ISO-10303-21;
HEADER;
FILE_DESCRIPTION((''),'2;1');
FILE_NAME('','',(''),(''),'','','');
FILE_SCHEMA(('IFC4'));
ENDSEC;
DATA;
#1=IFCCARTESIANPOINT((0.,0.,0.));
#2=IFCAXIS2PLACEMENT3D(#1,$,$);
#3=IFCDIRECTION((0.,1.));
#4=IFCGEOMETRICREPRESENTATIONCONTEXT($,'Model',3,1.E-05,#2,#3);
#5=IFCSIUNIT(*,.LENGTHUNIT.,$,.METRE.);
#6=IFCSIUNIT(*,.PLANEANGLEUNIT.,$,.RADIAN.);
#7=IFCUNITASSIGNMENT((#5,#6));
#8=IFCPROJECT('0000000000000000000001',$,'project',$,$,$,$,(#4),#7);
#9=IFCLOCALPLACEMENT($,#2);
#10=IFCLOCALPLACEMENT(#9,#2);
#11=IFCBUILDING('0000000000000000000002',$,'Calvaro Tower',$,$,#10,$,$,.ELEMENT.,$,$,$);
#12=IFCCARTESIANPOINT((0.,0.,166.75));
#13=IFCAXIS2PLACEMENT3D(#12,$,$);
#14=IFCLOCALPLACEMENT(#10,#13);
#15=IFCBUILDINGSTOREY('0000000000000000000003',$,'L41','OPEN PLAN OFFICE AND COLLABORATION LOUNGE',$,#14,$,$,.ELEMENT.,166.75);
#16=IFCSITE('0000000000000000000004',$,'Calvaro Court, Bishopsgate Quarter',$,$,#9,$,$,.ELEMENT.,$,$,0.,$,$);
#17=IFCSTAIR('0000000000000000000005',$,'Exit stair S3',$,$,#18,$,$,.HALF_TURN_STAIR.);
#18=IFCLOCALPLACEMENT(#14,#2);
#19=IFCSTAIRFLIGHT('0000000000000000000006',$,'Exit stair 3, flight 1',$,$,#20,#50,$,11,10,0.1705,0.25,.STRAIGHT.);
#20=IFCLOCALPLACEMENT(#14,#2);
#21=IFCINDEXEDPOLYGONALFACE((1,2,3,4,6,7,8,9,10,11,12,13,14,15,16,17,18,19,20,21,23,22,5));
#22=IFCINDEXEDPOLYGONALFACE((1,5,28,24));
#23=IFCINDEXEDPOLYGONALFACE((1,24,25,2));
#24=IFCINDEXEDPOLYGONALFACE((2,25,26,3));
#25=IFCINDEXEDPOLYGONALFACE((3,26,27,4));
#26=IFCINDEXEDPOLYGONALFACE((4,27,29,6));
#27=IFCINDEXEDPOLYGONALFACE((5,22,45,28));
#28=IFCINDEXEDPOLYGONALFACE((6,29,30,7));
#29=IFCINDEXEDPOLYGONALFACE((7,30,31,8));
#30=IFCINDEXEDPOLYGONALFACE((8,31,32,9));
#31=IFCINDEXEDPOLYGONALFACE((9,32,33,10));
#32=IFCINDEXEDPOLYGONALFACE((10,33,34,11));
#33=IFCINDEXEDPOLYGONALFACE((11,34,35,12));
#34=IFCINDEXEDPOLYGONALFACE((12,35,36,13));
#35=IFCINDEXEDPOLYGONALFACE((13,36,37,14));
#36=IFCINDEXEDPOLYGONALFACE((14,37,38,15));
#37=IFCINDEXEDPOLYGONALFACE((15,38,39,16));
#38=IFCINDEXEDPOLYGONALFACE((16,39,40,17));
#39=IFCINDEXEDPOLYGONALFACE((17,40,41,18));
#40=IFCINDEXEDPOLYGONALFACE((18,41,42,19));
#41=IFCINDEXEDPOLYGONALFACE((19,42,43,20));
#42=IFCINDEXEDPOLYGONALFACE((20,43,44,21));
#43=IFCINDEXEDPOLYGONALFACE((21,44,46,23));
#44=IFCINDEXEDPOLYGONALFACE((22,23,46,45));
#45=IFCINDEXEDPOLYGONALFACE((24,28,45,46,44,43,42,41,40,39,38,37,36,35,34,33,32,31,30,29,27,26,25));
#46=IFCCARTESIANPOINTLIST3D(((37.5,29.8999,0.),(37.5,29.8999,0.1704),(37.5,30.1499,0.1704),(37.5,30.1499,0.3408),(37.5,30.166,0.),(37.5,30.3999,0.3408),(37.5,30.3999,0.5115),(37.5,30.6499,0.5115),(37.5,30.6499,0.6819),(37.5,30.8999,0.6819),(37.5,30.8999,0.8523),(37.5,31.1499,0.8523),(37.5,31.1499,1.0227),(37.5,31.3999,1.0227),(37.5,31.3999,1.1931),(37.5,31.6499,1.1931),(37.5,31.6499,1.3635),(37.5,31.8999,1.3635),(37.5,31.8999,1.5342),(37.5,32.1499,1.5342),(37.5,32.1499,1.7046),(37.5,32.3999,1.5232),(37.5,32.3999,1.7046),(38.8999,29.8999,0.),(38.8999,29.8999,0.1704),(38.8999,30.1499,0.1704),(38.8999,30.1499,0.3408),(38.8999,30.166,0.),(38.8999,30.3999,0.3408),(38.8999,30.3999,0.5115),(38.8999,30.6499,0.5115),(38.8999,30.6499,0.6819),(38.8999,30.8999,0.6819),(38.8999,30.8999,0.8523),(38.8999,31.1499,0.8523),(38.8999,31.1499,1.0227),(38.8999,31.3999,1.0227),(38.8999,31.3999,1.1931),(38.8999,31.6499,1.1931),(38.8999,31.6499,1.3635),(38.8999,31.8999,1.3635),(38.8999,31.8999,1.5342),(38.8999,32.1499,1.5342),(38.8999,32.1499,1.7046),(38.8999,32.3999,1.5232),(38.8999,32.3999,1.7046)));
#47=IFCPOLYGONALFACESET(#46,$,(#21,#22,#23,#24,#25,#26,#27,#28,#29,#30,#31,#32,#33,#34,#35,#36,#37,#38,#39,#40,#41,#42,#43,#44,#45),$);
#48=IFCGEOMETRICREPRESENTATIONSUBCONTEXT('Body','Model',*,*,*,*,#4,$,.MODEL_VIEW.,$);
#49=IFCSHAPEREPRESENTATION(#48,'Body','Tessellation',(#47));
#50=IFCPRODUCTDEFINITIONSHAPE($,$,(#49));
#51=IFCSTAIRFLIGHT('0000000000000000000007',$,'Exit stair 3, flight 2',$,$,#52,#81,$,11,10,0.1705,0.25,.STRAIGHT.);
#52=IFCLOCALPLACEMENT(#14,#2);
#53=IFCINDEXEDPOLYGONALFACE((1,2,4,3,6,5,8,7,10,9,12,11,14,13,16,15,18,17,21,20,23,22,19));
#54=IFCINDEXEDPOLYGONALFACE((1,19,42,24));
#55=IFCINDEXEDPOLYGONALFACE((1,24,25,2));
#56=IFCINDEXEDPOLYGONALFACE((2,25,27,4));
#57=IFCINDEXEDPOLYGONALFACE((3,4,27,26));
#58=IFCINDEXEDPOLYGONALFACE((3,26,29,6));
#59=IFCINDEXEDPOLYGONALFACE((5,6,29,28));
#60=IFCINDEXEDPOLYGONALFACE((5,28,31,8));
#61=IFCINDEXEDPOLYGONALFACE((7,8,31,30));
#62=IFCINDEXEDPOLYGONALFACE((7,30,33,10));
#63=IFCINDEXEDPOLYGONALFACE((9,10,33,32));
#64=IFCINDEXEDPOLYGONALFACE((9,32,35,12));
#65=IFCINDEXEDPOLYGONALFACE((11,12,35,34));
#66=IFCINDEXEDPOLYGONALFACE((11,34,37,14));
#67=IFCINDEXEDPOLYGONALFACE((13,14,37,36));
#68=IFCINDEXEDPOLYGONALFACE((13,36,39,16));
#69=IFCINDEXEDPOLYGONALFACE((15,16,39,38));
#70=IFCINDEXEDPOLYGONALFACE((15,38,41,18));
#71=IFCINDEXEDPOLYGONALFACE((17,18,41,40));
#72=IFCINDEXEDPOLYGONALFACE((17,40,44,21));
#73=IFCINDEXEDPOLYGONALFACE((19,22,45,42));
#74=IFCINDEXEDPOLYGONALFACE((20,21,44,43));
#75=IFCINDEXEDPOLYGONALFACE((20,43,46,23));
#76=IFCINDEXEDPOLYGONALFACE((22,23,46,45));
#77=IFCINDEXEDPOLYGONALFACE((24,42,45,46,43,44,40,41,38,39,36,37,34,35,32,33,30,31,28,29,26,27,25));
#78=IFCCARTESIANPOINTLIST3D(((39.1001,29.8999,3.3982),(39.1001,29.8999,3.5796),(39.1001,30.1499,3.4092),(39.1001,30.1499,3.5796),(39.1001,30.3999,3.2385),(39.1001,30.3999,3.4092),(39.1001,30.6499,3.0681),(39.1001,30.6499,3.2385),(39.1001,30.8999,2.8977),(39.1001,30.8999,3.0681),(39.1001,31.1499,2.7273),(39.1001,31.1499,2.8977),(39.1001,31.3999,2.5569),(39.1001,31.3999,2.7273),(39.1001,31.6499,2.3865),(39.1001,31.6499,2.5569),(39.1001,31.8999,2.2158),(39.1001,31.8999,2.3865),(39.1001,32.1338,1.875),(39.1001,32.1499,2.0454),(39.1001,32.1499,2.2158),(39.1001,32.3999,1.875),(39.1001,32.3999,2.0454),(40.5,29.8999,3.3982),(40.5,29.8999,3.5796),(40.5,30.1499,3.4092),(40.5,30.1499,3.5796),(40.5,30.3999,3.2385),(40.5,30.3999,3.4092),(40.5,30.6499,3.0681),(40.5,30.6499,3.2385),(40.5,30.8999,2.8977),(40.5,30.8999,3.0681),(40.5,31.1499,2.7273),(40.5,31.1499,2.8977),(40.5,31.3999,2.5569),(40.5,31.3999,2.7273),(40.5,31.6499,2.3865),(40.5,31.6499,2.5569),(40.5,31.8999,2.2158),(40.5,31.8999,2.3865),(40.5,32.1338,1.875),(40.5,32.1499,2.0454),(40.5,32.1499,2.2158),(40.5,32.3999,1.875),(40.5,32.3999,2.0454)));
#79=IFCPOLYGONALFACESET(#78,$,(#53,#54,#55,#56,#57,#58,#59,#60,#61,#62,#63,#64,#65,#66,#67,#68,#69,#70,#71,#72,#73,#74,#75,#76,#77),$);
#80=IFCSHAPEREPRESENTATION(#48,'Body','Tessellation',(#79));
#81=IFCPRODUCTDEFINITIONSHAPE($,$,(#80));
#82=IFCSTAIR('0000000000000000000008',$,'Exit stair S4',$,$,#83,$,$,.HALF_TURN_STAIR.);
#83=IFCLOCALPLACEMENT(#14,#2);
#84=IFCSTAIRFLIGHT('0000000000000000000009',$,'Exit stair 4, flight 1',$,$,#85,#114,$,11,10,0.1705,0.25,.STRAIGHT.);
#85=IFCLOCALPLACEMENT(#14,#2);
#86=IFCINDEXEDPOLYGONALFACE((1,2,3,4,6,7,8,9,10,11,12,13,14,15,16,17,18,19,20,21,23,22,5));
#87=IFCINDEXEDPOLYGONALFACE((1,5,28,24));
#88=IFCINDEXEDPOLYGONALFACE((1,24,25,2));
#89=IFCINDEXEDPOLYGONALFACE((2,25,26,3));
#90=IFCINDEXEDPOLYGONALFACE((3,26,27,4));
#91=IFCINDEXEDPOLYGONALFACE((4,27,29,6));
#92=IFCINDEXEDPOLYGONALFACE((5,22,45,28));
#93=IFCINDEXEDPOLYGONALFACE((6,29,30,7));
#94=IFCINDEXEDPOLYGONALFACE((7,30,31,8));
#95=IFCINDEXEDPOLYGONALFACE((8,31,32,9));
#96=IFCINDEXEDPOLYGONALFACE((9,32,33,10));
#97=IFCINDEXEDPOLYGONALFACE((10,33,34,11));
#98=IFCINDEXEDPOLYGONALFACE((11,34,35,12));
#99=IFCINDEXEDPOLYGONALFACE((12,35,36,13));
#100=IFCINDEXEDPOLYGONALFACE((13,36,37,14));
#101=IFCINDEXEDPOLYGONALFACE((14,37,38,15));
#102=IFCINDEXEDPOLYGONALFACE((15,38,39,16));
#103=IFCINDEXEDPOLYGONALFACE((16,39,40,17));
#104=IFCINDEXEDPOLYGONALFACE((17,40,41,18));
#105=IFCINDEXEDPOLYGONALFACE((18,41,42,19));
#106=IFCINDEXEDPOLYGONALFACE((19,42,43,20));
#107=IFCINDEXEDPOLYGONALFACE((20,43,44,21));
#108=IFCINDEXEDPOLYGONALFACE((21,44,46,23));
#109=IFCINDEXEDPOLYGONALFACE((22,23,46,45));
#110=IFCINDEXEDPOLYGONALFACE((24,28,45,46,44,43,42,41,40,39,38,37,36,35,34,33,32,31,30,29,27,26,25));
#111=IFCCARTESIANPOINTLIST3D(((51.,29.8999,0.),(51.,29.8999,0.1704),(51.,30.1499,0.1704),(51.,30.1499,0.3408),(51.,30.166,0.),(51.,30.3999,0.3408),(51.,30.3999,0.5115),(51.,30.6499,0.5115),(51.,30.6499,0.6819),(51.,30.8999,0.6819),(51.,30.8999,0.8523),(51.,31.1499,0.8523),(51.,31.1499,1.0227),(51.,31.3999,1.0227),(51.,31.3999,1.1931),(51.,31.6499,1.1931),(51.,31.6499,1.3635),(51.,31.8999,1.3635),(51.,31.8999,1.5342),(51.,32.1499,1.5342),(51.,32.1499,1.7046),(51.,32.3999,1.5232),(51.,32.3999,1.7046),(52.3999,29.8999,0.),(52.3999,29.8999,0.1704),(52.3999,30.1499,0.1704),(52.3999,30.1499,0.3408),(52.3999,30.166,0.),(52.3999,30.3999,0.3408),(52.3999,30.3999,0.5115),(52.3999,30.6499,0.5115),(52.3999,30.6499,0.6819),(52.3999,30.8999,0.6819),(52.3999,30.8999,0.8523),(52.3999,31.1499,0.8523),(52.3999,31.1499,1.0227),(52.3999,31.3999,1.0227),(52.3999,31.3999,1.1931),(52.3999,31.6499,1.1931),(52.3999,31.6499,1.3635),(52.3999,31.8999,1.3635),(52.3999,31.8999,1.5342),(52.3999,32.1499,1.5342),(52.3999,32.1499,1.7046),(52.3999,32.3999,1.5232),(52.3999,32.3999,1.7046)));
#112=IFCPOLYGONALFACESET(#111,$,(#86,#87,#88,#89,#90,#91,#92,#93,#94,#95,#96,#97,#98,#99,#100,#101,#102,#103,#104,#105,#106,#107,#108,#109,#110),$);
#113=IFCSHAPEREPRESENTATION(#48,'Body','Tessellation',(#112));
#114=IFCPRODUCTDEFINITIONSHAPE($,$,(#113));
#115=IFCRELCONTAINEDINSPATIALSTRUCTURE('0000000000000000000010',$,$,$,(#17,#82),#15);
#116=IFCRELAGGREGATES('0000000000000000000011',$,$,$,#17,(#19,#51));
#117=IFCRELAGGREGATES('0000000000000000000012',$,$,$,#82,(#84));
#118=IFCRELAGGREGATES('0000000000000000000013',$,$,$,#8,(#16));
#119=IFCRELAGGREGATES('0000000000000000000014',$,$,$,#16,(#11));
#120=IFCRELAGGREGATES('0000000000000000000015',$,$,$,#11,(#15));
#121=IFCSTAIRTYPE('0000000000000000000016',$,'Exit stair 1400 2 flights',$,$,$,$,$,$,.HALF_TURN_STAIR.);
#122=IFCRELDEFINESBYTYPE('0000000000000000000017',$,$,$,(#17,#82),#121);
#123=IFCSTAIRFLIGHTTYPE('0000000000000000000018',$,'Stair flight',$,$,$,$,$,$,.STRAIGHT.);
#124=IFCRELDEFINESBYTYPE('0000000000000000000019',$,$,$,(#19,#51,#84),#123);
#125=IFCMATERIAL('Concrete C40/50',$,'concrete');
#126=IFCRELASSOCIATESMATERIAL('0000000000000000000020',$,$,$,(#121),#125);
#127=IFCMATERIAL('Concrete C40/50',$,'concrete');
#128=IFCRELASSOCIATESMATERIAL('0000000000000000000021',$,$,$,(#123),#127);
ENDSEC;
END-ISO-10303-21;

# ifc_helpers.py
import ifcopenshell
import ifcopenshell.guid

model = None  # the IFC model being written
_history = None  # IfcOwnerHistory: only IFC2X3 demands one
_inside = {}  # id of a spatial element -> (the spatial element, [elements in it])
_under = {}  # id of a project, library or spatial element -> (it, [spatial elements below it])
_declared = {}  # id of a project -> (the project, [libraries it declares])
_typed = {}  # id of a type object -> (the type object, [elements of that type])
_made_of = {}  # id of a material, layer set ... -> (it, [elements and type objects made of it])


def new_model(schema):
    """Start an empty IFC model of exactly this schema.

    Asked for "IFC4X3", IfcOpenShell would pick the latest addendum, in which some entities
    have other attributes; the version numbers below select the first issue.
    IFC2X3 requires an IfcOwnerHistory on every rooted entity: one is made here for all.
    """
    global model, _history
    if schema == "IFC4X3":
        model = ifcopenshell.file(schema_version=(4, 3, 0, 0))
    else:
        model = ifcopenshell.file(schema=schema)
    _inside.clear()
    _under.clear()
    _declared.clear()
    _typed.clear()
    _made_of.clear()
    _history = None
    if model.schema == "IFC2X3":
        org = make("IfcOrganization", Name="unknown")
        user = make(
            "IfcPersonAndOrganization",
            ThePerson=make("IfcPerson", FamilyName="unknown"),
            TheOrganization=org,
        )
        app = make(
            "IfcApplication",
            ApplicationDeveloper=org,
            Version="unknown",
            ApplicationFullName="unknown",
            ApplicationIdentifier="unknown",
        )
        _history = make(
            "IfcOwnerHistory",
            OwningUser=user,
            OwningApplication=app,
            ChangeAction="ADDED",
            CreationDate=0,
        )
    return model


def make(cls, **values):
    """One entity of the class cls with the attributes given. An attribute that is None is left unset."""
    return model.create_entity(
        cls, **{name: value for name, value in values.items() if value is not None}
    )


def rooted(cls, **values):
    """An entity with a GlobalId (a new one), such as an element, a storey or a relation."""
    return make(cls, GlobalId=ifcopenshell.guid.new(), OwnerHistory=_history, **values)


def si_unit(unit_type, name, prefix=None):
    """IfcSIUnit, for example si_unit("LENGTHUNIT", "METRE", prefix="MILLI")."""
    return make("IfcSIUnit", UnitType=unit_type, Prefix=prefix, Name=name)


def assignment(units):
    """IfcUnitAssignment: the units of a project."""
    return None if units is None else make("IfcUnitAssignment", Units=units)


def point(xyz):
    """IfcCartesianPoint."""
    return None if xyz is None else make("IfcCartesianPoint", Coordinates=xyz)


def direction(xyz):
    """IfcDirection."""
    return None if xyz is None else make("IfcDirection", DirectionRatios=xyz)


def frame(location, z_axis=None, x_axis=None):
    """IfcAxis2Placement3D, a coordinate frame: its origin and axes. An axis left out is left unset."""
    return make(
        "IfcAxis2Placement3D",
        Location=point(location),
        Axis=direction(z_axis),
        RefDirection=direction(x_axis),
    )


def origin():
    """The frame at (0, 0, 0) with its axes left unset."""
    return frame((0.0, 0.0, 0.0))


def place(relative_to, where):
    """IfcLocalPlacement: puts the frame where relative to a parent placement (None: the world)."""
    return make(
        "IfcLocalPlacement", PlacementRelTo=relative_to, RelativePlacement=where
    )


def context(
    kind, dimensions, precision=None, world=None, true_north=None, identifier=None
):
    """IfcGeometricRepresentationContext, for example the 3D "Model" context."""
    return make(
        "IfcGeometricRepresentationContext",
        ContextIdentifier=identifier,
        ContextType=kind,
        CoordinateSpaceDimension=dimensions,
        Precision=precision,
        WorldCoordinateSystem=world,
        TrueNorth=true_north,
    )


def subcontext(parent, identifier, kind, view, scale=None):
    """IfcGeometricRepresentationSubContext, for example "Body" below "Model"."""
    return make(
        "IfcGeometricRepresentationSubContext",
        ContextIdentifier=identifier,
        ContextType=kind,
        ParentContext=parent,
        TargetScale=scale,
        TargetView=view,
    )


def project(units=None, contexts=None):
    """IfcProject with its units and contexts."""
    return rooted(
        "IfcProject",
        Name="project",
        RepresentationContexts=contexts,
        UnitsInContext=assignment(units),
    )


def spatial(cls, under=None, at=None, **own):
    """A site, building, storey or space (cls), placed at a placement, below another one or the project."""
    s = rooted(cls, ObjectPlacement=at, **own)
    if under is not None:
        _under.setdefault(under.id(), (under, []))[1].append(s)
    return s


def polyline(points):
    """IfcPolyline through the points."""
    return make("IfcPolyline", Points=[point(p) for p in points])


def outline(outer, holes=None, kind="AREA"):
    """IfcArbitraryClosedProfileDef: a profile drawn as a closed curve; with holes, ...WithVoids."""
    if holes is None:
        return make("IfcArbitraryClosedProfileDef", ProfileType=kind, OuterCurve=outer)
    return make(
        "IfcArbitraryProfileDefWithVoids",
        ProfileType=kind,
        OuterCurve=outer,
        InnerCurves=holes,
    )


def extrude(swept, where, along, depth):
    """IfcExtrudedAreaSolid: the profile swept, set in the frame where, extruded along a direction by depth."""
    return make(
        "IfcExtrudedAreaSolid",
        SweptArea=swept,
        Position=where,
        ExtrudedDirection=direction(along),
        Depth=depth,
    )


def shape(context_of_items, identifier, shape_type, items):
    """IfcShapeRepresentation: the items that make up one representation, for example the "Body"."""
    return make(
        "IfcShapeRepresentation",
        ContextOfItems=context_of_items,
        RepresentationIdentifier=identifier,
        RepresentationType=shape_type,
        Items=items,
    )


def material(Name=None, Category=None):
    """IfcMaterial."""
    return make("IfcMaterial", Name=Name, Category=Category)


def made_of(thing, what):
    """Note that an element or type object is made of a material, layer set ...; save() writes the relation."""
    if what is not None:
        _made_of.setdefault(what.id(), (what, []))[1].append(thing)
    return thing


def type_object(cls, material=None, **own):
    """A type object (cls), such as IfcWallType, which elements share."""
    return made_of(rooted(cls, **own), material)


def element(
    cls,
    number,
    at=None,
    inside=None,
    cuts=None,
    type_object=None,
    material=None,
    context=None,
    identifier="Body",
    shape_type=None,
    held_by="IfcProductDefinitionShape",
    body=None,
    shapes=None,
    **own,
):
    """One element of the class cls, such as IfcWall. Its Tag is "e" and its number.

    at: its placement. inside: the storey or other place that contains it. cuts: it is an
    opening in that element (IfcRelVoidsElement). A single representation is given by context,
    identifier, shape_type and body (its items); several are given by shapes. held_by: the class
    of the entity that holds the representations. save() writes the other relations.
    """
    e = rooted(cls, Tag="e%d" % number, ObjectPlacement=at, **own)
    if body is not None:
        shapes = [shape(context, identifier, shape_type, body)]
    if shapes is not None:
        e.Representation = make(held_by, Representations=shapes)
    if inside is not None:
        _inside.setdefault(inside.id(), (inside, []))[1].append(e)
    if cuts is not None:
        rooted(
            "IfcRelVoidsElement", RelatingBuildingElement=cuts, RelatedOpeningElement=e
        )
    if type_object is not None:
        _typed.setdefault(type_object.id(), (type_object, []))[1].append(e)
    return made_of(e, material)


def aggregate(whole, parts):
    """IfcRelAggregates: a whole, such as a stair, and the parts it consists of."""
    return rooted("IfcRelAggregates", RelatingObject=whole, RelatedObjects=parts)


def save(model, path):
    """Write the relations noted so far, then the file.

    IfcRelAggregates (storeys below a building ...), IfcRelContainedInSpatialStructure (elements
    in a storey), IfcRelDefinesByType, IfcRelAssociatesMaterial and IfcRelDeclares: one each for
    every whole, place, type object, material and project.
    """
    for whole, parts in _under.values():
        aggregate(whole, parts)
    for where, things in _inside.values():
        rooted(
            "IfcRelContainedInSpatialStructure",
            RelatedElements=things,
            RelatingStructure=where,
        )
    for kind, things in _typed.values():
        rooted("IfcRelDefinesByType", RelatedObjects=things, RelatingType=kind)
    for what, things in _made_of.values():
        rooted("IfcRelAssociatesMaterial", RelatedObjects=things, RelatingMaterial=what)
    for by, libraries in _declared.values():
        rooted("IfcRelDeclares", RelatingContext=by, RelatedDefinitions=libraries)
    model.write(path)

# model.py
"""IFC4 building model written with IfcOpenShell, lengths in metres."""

from ifc_helpers import new_model, si_unit, direction, frame, origin, place, context, subcontext, project, spatial, polyline, outline, extrude, material, type_object, element, aggregate, save


model = new_model("IFC4")

# Units and contexts
model_context = context("Model", 3, precision=1e-05, world=origin(), true_north=direction((0.0, 1.0)))
body_context = subcontext(model_context, "Body", "Model", "MODEL_VIEW")
ifc_project = project(units=[si_unit("LENGTHUNIT", "METRE"), si_unit("PLANEANGLEUNIT", "RADIAN")], contexts=[model_context])

# Site, building, storey
site_placement = place(None, origin())
site = spatial("IfcSite", under=ifc_project, at=site_placement, Name="Calvaro Court, Bishopsgate Quarter", CompositionType="ELEMENT", RefElevation=0.0)
building_placement = place(site_placement, origin())
building = spatial("IfcBuilding", under=site, at=building_placement, Name="Calvaro Tower", CompositionType="ELEMENT")
storey_placement = place(building_placement, frame((0.0, 0.0, 166.75)))
storey = spatial("IfcBuildingStorey", under=building, at=storey_placement, Name="L41", Description="OPEN PLAN OFFICE AND COLLABORATION LOUNGE", CompositionType="ELEMENT", Elevation=166.75)

# Stair, stair flights
ifc_material_1 = material(Name="Concrete C40/50", Category="concrete")
stair_type = type_object("IfcStairType", Name="Exit stair 1400 2 flights", PredefinedType="HALF_TURN_STAIR", material=ifc_material_1)
stair_1_placement = place(storey_placement, origin())
stair_1 = element("IfcStair", 1, at=stair_1_placement, inside=storey, type_object=stair_type, Name="Exit stair S3", PredefinedType="HALF_TURN_STAIR")
ifc_material_2 = material(Name="Concrete C40/50", Category="concrete")
stair_flight_type = type_object("IfcStairFlightType", Name="Stair flight", PredefinedType="STRAIGHT", material=ifc_material_2)
stair_flight_1_placement = place(storey_placement, frame((38.2, 29.8999, 0.0), z_axis=(0.0, 0.0, 1.0), x_axis=(0.0, 1.0, 0.0)))
stair_flight_1 = element("IfcStairFlight", 2, at=stair_flight_1_placement, type_object=stair_flight_type, Name="Exit stair 3, flight 1", NumberOfRisers=11, NumberOfTreads=10, PredefinedType="STRAIGHT", RiserHeight=0.1705, TreadLength=0.25, context=body_context, shape_type="SweptSolid", body=[
    extrude(outline(polyline([(0.0, 0.0), (0.0, 0.1704), (0.25, 0.1704), (0.25, 0.3408), (0.5, 0.3408), (0.5, 0.5115), (0.75, 0.5115), (0.75, 0.6819), (1.0, 0.6819), (1.0, 0.8523), (1.25, 0.8523), (1.25, 1.0227), (1.5, 1.0227), (1.5, 1.1931), (1.75, 1.1931), (1.75, 1.3635), (2.0, 1.3635), (2.0, 1.5342), (2.25, 1.5342), (2.25, 1.7046), (2.5, 1.7046), (2.5, 1.875), (2.5, 1.5232), (0.2661, 0.0), (0.0, 0.0)])), frame((0.0, 0.7, 0.0), z_axis=(0.0, -1.0, 0.0), x_axis=(1.0, 0.0, 0.0)), (0.0, 0.0, 1.0), 1.3999),
])
stair_flight_2_placement = place(storey_placement, frame((39.8, 32.3999, 1.875), z_axis=(0.0, 0.0, 1.0), x_axis=(0.0, -1.0, 0.0)))
stair_flight_2 = element("IfcStairFlight", 3, at=stair_flight_2_placement, type_object=stair_flight_type, Name="Exit stair 3, flight 2", NumberOfRisers=11, NumberOfTreads=10, PredefinedType="STRAIGHT", RiserHeight=0.1705, TreadLength=0.25, context=body_context, shape_type="SweptSolid", body=[
    extrude(outline(polyline([(0.0, 0.0), (0.0, 0.1704), (0.25, 0.1704), (0.25, 0.3408), (0.5, 0.3408), (0.5, 0.5115), (0.75, 0.5115), (0.75, 0.6819), (1.0, 0.6819), (1.0, 0.8523), (1.25, 0.8523), (1.25, 1.0227), (1.5, 1.0227), (1.5, 1.1931), (1.75, 1.1931), (1.75, 1.3635), (2.0, 1.3635), (2.0, 1.5342), (2.25, 1.5342), (2.25, 1.7046), (2.5, 1.7046), (2.5, 1.875), (2.5, 1.5232), (0.2661, 0.0), (0.0, 0.0)])), frame((0.0, 0.7, 0.0), z_axis=(0.0, -1.0, 0.0), x_axis=(1.0, 0.0, 0.0)), (0.0, 0.0, 1.0), 1.3999),
])

# Stair, stair flight
stair_2_placement = place(storey_placement, origin())
stair_2 = element("IfcStair", 4, at=stair_2_placement, inside=storey, type_object=stair_type, Name="Exit stair S4", PredefinedType="HALF_TURN_STAIR")
stair_flight_3_placement = place(storey_placement, frame((51.7, 29.8999, 0.0), z_axis=(0.0, 0.0, 1.0), x_axis=(0.0, 1.0, 0.0)))
stair_flight_3 = element("IfcStairFlight", 5, at=stair_flight_3_placement, type_object=stair_flight_type, Name="Exit stair 4, flight 1", NumberOfRisers=11, NumberOfTreads=10, PredefinedType="STRAIGHT", RiserHeight=0.1705, TreadLength=0.25, context=body_context, shape_type="SweptSolid", body=[
    extrude(outline(polyline([(0.0, 0.0), (0.0, 0.1704), (0.25, 0.1704), (0.25, 0.3408), (0.5, 0.3408), (0.5, 0.5115), (0.75, 0.5115), (0.75, 0.6819), (1.0, 0.6819), (1.0, 0.8523), (1.25, 0.8523), (1.25, 1.0227), (1.5, 1.0227), (1.5, 1.1931), (1.75, 1.1931), (1.75, 1.3635), (2.0, 1.3635), (2.0, 1.5342), (2.25, 1.5342), (2.25, 1.7046), (2.5, 1.7046), (2.5, 1.875), (2.5, 1.5232), (0.2661, 0.0), (0.0, 0.0)])), frame((0.0, 0.7, 0.0), z_axis=(0.0, -1.0, 0.0), x_axis=(1.0, 0.0, 0.0)), (0.0, 0.0, 1.0), 1.3999),
])

aggregate(stair_1, [stair_flight_1, stair_flight_2])
aggregate(stair_2, [stair_flight_3])

save(model, "model.ifc")
